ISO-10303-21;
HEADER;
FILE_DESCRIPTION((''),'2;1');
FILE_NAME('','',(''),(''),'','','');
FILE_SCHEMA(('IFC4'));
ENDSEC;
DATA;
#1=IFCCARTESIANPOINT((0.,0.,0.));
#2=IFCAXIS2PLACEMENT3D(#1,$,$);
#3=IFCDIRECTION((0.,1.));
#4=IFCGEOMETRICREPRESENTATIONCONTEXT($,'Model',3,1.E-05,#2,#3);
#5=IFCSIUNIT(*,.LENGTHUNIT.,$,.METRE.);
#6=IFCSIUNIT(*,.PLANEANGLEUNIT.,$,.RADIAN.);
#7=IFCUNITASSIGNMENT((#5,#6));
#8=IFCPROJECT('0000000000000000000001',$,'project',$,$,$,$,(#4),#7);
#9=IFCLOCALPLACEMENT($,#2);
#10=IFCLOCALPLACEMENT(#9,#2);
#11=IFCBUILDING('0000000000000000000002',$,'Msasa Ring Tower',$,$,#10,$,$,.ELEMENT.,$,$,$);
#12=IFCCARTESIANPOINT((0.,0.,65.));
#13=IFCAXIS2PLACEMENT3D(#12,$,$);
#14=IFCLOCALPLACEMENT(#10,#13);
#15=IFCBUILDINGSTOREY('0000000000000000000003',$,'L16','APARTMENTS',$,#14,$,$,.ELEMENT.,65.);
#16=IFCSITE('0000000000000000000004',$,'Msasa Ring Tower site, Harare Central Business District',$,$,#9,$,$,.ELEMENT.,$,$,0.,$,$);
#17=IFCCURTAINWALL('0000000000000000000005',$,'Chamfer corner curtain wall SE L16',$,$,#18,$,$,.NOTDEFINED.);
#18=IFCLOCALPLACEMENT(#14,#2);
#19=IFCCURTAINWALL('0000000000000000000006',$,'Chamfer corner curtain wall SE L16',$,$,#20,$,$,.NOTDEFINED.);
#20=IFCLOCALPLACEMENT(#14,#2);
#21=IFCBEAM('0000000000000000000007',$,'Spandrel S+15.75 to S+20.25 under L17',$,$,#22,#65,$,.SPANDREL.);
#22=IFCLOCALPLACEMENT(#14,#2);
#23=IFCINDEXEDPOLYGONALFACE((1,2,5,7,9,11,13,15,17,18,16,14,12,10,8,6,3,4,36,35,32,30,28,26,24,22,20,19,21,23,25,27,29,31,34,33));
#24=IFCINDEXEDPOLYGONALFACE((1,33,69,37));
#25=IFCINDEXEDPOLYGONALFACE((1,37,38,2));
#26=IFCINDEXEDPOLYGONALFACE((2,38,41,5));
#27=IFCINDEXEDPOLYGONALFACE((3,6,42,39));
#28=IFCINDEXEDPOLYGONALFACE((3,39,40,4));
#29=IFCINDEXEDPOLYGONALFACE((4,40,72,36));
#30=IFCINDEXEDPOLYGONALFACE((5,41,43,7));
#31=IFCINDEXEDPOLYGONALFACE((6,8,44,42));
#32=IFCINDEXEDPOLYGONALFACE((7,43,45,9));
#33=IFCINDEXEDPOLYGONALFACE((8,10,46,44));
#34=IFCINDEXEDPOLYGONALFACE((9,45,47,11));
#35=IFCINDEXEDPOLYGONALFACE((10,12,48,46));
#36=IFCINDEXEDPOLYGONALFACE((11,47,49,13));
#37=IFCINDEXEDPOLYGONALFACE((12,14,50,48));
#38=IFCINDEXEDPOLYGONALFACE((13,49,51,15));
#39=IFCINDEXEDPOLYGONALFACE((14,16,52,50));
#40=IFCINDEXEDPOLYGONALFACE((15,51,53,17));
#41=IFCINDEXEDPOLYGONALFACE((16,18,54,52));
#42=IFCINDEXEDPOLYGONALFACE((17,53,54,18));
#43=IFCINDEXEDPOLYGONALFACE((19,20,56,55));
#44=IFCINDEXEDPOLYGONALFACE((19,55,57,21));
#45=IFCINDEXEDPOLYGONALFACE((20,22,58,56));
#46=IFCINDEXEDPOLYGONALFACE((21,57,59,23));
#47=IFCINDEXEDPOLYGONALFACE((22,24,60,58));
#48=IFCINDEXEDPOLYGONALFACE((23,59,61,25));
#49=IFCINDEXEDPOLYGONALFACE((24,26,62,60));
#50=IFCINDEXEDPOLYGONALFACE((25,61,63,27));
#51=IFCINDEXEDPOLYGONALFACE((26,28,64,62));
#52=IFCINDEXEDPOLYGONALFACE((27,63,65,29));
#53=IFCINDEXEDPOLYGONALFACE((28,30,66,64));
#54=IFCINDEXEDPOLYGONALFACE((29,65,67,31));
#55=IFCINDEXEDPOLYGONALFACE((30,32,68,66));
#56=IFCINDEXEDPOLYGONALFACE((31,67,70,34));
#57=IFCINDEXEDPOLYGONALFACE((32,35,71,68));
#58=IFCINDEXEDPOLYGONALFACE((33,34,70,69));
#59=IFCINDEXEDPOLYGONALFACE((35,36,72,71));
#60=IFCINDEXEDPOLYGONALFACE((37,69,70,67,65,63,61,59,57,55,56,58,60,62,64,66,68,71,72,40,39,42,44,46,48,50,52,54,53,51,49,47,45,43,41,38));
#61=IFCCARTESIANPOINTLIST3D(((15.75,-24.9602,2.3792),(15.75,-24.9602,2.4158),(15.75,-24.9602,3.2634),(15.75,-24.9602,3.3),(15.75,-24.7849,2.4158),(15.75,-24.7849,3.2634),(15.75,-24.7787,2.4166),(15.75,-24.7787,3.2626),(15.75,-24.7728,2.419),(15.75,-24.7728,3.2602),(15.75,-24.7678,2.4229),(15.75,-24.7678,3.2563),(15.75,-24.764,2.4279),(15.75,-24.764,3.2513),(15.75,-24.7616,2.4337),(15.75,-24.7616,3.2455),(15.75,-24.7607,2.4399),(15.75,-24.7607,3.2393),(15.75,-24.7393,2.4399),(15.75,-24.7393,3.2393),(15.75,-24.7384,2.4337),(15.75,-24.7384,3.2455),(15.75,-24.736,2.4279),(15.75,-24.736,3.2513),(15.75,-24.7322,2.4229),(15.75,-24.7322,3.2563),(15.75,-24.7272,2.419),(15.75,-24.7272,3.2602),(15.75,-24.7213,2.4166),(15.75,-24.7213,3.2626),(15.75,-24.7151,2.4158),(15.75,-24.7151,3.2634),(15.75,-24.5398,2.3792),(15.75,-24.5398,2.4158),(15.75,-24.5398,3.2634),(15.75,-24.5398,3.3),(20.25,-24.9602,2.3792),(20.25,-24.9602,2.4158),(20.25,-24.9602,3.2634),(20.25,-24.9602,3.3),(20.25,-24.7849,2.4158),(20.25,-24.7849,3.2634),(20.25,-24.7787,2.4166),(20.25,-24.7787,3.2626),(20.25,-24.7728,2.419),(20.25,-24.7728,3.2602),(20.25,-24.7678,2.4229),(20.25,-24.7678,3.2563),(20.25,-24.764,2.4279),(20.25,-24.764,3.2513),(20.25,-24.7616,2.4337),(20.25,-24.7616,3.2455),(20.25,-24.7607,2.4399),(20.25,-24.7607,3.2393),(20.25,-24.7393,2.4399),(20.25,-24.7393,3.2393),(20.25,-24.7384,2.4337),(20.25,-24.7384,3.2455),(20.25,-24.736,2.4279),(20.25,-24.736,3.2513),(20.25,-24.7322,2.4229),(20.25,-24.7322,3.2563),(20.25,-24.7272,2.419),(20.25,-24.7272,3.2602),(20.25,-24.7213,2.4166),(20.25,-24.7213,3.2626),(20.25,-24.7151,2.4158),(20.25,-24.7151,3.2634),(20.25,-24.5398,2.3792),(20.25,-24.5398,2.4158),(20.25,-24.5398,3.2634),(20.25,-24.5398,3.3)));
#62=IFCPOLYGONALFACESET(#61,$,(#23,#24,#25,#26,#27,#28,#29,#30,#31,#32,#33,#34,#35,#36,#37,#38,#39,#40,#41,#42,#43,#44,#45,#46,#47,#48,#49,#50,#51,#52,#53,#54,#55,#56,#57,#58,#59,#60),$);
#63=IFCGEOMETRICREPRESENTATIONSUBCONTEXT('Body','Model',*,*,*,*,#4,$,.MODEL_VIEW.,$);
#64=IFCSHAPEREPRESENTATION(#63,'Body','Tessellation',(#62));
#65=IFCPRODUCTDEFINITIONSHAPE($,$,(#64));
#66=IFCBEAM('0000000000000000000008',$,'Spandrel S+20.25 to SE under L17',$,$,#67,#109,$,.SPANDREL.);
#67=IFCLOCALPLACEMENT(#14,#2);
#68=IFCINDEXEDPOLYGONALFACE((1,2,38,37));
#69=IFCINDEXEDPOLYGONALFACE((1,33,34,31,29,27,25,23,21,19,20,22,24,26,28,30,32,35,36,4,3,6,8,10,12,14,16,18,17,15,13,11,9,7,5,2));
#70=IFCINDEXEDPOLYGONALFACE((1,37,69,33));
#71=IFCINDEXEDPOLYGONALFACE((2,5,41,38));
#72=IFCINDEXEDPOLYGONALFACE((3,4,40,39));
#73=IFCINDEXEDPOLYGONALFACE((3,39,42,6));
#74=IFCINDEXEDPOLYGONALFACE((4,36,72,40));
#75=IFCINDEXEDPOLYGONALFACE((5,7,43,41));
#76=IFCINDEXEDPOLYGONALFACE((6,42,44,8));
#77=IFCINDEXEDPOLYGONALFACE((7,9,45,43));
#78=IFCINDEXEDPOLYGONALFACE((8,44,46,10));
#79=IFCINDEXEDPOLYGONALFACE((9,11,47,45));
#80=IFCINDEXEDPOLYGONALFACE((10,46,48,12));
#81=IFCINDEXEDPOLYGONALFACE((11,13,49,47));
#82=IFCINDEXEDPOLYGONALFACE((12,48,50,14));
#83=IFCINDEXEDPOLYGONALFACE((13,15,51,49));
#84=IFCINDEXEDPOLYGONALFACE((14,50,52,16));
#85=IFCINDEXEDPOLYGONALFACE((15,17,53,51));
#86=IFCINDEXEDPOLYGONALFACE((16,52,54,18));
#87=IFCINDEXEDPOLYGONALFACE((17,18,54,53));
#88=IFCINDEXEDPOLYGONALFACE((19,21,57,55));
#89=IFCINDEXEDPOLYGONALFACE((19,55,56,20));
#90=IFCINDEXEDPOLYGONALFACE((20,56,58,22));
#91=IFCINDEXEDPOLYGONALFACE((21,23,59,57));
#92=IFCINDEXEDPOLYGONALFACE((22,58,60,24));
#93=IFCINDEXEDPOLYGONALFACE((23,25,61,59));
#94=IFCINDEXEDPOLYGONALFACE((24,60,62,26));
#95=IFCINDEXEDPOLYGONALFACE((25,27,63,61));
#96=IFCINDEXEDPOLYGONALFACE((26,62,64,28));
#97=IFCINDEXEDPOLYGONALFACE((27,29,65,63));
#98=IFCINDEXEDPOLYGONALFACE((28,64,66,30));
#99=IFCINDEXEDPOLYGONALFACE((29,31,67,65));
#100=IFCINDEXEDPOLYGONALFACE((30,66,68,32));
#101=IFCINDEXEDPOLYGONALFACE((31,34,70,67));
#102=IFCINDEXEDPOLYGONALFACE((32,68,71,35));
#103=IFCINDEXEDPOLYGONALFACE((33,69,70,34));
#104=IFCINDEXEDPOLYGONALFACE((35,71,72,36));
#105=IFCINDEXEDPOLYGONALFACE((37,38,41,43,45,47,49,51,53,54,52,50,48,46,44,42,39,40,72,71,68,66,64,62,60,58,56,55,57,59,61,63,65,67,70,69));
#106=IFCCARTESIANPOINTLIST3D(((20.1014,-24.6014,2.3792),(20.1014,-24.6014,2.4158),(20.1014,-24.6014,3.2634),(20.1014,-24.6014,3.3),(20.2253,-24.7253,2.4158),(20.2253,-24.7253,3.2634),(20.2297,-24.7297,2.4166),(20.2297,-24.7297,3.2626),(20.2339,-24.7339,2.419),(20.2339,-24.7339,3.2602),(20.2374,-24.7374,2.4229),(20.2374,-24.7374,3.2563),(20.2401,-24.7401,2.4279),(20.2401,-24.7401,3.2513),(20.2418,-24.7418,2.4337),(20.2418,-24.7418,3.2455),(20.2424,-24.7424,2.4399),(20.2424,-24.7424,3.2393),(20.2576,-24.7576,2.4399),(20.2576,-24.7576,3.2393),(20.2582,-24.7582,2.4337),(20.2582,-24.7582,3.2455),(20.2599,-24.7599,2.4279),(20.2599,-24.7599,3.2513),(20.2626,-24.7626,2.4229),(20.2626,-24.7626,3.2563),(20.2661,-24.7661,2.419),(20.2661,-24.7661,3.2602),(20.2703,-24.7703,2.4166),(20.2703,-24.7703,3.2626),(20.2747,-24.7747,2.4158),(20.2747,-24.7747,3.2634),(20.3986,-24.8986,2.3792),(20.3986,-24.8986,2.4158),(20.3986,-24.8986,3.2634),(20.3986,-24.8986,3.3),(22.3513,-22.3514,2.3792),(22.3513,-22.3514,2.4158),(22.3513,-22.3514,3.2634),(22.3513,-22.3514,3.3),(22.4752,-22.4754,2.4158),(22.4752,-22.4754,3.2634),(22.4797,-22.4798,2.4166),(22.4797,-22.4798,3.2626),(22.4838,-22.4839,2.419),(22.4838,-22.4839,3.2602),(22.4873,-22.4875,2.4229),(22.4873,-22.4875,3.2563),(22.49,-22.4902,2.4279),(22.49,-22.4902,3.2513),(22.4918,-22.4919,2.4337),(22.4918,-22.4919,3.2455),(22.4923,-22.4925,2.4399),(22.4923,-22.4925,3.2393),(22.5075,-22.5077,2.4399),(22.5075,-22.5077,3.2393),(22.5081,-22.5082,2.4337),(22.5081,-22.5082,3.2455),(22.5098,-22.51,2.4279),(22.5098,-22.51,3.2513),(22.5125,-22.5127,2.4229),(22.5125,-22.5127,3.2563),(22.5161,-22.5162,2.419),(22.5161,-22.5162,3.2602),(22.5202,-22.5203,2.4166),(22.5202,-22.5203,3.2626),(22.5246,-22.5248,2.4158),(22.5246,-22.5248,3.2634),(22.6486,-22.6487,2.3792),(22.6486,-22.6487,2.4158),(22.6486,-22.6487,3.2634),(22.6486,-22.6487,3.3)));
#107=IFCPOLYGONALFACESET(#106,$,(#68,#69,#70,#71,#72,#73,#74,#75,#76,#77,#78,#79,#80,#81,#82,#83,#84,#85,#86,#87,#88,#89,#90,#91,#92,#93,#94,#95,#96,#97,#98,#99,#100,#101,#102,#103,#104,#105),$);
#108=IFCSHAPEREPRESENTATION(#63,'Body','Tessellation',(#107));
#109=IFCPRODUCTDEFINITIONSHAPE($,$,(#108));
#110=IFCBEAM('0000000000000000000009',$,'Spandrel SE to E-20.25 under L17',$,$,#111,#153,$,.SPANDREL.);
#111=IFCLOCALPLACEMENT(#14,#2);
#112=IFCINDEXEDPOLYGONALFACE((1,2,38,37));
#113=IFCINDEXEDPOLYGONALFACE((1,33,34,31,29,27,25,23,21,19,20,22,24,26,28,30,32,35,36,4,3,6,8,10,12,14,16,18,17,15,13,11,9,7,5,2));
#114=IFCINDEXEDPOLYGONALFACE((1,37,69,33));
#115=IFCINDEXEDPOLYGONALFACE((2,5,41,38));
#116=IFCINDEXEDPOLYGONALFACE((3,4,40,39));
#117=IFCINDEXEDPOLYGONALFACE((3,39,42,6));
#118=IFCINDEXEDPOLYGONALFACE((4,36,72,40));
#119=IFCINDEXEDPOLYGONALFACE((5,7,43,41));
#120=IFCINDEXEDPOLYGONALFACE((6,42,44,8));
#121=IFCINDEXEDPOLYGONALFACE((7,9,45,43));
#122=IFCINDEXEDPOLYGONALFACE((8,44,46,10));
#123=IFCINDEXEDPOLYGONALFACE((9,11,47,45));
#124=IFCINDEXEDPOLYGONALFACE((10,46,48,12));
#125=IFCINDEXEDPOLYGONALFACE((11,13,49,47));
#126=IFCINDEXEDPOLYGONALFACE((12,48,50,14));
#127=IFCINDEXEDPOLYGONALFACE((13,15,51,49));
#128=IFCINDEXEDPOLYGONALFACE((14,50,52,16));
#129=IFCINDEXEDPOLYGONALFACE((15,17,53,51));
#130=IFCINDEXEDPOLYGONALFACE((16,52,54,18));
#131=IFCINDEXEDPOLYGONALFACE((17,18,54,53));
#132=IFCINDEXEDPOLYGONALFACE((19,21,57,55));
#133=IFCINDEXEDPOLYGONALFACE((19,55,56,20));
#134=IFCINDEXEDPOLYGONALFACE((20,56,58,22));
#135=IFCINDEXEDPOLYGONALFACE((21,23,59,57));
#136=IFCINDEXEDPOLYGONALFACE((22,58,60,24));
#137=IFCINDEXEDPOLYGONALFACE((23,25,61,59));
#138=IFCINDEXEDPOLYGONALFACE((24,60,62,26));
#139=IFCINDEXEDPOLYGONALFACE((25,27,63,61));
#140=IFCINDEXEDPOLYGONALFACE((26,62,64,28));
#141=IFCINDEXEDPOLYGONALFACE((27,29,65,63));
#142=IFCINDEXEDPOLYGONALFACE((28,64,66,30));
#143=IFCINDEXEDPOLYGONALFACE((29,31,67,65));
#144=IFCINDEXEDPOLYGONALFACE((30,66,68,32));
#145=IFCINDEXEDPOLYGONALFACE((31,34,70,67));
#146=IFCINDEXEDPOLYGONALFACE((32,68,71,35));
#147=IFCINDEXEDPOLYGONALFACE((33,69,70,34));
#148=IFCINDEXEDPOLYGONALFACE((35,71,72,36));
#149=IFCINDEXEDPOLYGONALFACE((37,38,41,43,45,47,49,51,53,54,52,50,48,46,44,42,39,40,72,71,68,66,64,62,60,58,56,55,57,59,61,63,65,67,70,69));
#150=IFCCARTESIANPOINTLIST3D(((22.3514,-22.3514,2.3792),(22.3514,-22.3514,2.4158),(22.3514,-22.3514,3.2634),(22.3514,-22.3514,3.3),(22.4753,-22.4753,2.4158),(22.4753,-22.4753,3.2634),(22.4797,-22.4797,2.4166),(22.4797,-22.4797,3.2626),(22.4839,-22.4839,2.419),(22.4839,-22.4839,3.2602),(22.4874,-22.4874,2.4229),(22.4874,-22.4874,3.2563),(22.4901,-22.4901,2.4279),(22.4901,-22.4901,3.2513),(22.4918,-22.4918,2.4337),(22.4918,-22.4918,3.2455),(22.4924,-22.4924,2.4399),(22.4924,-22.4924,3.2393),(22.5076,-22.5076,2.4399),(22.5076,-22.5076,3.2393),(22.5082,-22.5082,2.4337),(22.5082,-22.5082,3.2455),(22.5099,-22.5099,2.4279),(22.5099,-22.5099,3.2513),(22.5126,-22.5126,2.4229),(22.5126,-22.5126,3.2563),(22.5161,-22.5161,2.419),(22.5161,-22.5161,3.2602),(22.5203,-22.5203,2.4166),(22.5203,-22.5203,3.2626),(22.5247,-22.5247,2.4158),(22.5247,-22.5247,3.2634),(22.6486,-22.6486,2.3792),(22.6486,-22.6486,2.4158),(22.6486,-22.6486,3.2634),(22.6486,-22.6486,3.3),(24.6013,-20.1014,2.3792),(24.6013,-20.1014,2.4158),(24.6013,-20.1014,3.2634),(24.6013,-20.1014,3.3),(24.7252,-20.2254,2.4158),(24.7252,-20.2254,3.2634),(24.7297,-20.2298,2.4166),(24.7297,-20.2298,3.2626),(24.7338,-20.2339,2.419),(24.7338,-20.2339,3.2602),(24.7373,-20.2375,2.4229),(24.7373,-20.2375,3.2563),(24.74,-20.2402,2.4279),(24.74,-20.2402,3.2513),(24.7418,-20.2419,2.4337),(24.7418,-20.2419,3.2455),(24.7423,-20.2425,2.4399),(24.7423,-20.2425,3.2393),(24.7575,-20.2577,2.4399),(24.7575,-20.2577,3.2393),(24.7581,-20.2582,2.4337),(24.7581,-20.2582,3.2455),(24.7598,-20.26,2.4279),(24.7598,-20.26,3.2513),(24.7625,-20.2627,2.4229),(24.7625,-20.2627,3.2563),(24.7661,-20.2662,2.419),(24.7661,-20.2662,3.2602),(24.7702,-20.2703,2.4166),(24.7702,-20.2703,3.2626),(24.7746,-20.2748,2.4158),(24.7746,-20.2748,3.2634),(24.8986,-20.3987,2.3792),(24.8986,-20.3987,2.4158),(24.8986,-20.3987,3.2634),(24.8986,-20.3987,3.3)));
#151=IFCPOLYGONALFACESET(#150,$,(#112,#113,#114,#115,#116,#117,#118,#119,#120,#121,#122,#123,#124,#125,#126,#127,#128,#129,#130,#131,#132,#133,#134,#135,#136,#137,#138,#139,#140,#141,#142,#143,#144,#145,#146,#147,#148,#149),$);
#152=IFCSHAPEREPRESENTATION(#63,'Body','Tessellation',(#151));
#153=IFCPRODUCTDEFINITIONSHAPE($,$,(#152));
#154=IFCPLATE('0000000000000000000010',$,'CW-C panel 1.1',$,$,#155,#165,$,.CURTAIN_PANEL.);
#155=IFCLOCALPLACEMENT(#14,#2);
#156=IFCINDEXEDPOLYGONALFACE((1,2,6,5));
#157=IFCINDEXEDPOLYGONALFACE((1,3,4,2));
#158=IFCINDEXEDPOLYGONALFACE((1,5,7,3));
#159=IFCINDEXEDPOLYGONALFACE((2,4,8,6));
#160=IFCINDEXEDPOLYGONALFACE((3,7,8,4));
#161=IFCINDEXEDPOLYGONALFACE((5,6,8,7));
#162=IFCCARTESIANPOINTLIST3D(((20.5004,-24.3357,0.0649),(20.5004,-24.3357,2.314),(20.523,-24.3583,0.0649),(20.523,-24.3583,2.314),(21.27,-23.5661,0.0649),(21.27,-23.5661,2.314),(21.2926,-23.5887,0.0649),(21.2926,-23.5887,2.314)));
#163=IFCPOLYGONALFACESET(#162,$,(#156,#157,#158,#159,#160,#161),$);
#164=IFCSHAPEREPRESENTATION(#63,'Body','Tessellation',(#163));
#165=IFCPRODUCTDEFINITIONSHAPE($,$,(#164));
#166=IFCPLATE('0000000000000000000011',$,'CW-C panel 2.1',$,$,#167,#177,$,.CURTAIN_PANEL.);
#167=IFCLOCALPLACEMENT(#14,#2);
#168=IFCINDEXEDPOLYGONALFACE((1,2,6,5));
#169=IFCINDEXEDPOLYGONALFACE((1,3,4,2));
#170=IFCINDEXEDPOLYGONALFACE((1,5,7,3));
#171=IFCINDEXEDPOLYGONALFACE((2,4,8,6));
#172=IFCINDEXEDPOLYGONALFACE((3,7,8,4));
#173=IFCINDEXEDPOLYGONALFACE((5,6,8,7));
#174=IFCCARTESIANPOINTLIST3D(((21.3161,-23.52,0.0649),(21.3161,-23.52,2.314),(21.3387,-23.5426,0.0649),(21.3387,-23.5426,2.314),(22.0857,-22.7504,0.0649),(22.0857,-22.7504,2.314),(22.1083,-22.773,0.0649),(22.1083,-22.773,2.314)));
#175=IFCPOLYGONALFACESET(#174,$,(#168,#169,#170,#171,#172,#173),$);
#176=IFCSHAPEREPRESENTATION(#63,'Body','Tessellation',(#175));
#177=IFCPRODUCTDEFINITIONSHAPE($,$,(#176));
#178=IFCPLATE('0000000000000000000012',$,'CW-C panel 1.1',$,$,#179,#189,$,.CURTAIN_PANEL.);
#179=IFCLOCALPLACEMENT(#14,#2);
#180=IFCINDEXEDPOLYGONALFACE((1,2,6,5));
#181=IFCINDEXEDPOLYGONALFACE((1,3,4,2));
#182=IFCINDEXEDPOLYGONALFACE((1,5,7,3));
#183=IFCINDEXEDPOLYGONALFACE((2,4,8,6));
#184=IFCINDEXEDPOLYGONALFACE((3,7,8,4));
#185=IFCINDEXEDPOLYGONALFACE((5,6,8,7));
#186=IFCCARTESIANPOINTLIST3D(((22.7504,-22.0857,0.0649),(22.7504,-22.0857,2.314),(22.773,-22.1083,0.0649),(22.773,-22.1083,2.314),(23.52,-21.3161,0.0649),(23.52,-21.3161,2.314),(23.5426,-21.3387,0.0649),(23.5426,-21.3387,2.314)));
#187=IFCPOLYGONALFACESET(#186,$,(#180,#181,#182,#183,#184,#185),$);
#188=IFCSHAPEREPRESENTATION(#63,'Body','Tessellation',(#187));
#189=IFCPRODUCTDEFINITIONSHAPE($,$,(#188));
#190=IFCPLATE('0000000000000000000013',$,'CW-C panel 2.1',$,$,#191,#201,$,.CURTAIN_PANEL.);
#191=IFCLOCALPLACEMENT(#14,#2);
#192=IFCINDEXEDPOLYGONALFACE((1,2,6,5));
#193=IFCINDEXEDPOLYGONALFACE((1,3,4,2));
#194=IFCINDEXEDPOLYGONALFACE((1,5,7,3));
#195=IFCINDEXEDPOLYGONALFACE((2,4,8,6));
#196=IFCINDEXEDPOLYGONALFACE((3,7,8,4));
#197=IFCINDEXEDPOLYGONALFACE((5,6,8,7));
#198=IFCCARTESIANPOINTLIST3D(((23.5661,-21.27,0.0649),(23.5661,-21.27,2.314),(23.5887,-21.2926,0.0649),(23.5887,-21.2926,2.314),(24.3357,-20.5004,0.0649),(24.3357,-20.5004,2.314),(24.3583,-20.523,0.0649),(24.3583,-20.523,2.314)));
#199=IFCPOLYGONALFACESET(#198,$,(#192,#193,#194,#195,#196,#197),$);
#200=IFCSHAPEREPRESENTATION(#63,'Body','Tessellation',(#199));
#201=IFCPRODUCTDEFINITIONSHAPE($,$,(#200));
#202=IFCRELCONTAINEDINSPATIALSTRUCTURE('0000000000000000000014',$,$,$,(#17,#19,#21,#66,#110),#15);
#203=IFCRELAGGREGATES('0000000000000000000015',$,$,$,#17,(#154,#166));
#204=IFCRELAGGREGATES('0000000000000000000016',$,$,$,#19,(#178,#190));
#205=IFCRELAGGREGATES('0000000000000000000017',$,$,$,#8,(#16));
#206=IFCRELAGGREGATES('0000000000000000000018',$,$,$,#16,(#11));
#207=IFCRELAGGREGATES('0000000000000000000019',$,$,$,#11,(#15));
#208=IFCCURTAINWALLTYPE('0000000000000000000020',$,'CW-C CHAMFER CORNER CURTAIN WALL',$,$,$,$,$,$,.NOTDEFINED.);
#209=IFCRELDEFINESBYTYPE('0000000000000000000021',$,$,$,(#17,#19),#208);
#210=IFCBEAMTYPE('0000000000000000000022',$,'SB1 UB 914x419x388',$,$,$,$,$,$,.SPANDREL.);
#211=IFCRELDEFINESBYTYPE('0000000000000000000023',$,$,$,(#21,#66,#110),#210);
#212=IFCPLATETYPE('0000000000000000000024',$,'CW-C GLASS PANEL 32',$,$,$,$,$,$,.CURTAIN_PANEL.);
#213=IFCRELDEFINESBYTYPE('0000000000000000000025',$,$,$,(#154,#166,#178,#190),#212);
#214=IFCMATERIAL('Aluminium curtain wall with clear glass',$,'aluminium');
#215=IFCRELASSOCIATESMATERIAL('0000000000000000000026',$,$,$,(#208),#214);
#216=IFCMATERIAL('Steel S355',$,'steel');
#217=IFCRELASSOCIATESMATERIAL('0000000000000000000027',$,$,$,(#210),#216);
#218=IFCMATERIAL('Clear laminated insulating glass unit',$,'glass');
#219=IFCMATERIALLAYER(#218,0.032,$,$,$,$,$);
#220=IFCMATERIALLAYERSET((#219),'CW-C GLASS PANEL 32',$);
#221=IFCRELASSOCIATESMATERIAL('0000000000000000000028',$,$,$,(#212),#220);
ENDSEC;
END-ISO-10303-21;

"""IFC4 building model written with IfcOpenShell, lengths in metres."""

from ifc_helpers import new_model, si_unit, direction, frame, origin, origin_2d, place, context, subcontext, project, spatial, rectangle, i_section, extrude, material, layer, layer_set, material_profile, profile_set, type_object, element, aggregate, save


model = new_model("IFC4")

# Units and contexts
model_context = context("Model", 3, precision=1e-05, world=origin(), true_north=direction((0.0, 1.0)))
body_context = subcontext(model_context, "Body", "Model", "MODEL_VIEW")
ifc_project = project(units=[si_unit("LENGTHUNIT", "METRE"), si_unit("PLANEANGLEUNIT", "RADIAN")], contexts=[model_context])

# Site, building, storey
site_placement = place(None, origin())
site = spatial("IfcSite", under=ifc_project, at=site_placement, Name="Msasa Ring Tower site, Harare Central Business District", CompositionType="ELEMENT", RefElevation=0.0)
building_placement = place(site_placement, origin())
building = spatial("IfcBuilding", under=site, at=building_placement, Name="Msasa Ring Tower", CompositionType="ELEMENT")
storey_placement = place(building_placement, frame((0.0, 0.0, 65.0)))
storey = spatial("IfcBuildingStorey", under=building, at=storey_placement, Name="L16", Description="APARTMENTS", CompositionType="ELEMENT", Elevation=65.0)

# Curtain walls
ifc_material_1 = material(Name="Aluminium curtain wall with clear glass", Category="aluminium")
curtain_wall_type = type_object("IfcCurtainWallType", Name="CW-C CHAMFER CORNER CURTAIN WALL", PredefinedType="NOTDEFINED", material=ifc_material_1)
curtain_wall_1_placement = place(storey_placement, origin())
curtain_wall_1 = element("IfcCurtainWall", 1, at=curtain_wall_1_placement, inside=storey, type_object=curtain_wall_type, Name="Chamfer corner curtain wall SE L16", PredefinedType="NOTDEFINED")
curtain_wall_2_placement = place(storey_placement, origin())
curtain_wall_2 = element("IfcCurtainWall", 2, at=curtain_wall_2_placement, inside=storey, type_object=curtain_wall_type, Name="Chamfer corner curtain wall SE L16", PredefinedType="NOTDEFINED")

# Beams
ifc_material_2 = material(Name="Steel S355", Category="steel")
ifc_material_profile_1 = material_profile(ifc_material_2, i_section(OverallWidth=0.4204, OverallDepth=0.9209, WebThickness=0.0215, FlangeThickness=0.0366, FilletRadius=0.0242, at=origin_2d()), Name="UB 914x419x388")
ifc_profile_set_1 = profile_set([ifc_material_profile_1], Name="Steel S355")
beam_type_1 = type_object("IfcBeamType", Name="SB1 UB 914x419x388", PredefinedType="SPANDREL", material=ifc_profile_set_1)
beam_1_placement = place(storey_placement, frame((15.75, -24.75, 2.8396), z_axis=(1.0, 0.0, 0.0), x_axis=(0.0, 1.0, 0.0)))
element("IfcBeam", 3, at=beam_1_placement, inside=storey, type_object=beam_type_1, Name="Spandrel S+15.75 to S+20.25 under L17", PredefinedType="SPANDREL", context=body_context, shape_type="SweptSolid", body=[
    extrude(i_section(OverallWidth=0.4204, OverallDepth=0.9209, WebThickness=0.0215, FlangeThickness=0.0366, FilletRadius=0.0242, at=origin_2d()), origin(), (0.0, 0.0, 1.0), 4.5),
])
for number, where, z_axis, x_axis, name in (
    (4, (20.25, -24.75, 2.8396), (0.707107, 0.707107, 0.0), (-0.707107, 0.707107, 0.0), "Spandrel S+20.25 to SE under L17"),
    (5, (22.5, -22.5, 2.8396), (0.707107, 0.707107, 0.0), (-0.707107, 0.707107, 0.0), "Spandrel SE to E-20.25 under L17"),
):
    element("IfcBeam", number, at=place(storey_placement, frame(where, z_axis=z_axis, x_axis=x_axis)), inside=storey, type_object=beam_type_1, Name=name, PredefinedType="SPANDREL", context=body_context, shape_type="SweptSolid", body=[
        extrude(i_section(OverallWidth=0.4204, OverallDepth=0.9209, WebThickness=0.0215, FlangeThickness=0.0366, FilletRadius=0.0242, at=origin_2d()), origin(), (0.0, 0.0, 1.0), 3.1819),
    ])

# Plates
ifc_material_3 = material(Name="Clear laminated insulating glass unit", Category="glass")
ifc_layer_1 = layer(ifc_material_3, 0.032)
ifc_layer_set_1 = layer_set([ifc_layer_1], Name="CW-C GLASS PANEL 32")
plate_type = type_object("IfcPlateType", Name="CW-C GLASS PANEL 32", PredefinedType="CURTAIN_PANEL", material=ifc_layer_set_1)
plate_1_placement = place(storey_placement, frame((20.8965, -23.9622, 0.0649), z_axis=(0.0, 0.0, 1.0), x_axis=(0.707107, 0.707107, 0.0)))
plate_1 = element("IfcPlate", 6, at=plate_1_placement, type_object=plate_type, Name="CW-C panel 1.1", PredefinedType="CURTAIN_PANEL", context=body_context, shape_type="SweptSolid", body=[
    extrude(rectangle(XDim=1.0884, YDim=0.032, at=origin_2d()), origin(), (0.0, 0.0, 1.0), 2.249),
])
plate_2_placement = place(storey_placement, frame((21.7122, -23.1465, 0.0649), z_axis=(0.0, 0.0, 1.0), x_axis=(0.707107, 0.707107, 0.0)))
plate_2 = element("IfcPlate", 7, at=plate_2_placement, type_object=plate_type, Name="CW-C panel 2.1", PredefinedType="CURTAIN_PANEL", context=body_context, shape_type="SweptSolid", body=[
    extrude(rectangle(XDim=1.0884, YDim=0.032, at=origin_2d()), origin(), (0.0, 0.0, 1.0), 2.249),
])
aggregate(curtain_wall_1, [plate_1, plate_2])
plate_3_placement = place(storey_placement, frame((23.1465, -21.7122, 0.0649), z_axis=(0.0, 0.0, 1.0), x_axis=(0.707107, 0.707107, 0.0)))
plate_3 = element("IfcPlate", 8, at=plate_3_placement, type_object=plate_type, Name="CW-C panel 1.1", PredefinedType="CURTAIN_PANEL", context=body_context, shape_type="SweptSolid", body=[
    extrude(rectangle(XDim=1.0884, YDim=0.032, at=origin_2d()), origin(), (0.0, 0.0, 1.0), 2.249),
])
plate_4_placement = place(storey_placement, frame((23.9622, -20.8965, 0.0649), z_axis=(0.0, 0.0, 1.0), x_axis=(0.707107, 0.707107, 0.0)))
plate_4 = element("IfcPlate", 9, at=plate_4_placement, type_object=plate_type, Name="CW-C panel 2.1", PredefinedType="CURTAIN_PANEL", context=body_context, shape_type="SweptSolid", body=[
    extrude(rectangle(XDim=1.0884, YDim=0.032, at=origin_2d()), origin(), (0.0, 0.0, 1.0), 2.249),
])
aggregate(curtain_wall_2, [plate_3, plate_4])

save(model, "model.ifc")
